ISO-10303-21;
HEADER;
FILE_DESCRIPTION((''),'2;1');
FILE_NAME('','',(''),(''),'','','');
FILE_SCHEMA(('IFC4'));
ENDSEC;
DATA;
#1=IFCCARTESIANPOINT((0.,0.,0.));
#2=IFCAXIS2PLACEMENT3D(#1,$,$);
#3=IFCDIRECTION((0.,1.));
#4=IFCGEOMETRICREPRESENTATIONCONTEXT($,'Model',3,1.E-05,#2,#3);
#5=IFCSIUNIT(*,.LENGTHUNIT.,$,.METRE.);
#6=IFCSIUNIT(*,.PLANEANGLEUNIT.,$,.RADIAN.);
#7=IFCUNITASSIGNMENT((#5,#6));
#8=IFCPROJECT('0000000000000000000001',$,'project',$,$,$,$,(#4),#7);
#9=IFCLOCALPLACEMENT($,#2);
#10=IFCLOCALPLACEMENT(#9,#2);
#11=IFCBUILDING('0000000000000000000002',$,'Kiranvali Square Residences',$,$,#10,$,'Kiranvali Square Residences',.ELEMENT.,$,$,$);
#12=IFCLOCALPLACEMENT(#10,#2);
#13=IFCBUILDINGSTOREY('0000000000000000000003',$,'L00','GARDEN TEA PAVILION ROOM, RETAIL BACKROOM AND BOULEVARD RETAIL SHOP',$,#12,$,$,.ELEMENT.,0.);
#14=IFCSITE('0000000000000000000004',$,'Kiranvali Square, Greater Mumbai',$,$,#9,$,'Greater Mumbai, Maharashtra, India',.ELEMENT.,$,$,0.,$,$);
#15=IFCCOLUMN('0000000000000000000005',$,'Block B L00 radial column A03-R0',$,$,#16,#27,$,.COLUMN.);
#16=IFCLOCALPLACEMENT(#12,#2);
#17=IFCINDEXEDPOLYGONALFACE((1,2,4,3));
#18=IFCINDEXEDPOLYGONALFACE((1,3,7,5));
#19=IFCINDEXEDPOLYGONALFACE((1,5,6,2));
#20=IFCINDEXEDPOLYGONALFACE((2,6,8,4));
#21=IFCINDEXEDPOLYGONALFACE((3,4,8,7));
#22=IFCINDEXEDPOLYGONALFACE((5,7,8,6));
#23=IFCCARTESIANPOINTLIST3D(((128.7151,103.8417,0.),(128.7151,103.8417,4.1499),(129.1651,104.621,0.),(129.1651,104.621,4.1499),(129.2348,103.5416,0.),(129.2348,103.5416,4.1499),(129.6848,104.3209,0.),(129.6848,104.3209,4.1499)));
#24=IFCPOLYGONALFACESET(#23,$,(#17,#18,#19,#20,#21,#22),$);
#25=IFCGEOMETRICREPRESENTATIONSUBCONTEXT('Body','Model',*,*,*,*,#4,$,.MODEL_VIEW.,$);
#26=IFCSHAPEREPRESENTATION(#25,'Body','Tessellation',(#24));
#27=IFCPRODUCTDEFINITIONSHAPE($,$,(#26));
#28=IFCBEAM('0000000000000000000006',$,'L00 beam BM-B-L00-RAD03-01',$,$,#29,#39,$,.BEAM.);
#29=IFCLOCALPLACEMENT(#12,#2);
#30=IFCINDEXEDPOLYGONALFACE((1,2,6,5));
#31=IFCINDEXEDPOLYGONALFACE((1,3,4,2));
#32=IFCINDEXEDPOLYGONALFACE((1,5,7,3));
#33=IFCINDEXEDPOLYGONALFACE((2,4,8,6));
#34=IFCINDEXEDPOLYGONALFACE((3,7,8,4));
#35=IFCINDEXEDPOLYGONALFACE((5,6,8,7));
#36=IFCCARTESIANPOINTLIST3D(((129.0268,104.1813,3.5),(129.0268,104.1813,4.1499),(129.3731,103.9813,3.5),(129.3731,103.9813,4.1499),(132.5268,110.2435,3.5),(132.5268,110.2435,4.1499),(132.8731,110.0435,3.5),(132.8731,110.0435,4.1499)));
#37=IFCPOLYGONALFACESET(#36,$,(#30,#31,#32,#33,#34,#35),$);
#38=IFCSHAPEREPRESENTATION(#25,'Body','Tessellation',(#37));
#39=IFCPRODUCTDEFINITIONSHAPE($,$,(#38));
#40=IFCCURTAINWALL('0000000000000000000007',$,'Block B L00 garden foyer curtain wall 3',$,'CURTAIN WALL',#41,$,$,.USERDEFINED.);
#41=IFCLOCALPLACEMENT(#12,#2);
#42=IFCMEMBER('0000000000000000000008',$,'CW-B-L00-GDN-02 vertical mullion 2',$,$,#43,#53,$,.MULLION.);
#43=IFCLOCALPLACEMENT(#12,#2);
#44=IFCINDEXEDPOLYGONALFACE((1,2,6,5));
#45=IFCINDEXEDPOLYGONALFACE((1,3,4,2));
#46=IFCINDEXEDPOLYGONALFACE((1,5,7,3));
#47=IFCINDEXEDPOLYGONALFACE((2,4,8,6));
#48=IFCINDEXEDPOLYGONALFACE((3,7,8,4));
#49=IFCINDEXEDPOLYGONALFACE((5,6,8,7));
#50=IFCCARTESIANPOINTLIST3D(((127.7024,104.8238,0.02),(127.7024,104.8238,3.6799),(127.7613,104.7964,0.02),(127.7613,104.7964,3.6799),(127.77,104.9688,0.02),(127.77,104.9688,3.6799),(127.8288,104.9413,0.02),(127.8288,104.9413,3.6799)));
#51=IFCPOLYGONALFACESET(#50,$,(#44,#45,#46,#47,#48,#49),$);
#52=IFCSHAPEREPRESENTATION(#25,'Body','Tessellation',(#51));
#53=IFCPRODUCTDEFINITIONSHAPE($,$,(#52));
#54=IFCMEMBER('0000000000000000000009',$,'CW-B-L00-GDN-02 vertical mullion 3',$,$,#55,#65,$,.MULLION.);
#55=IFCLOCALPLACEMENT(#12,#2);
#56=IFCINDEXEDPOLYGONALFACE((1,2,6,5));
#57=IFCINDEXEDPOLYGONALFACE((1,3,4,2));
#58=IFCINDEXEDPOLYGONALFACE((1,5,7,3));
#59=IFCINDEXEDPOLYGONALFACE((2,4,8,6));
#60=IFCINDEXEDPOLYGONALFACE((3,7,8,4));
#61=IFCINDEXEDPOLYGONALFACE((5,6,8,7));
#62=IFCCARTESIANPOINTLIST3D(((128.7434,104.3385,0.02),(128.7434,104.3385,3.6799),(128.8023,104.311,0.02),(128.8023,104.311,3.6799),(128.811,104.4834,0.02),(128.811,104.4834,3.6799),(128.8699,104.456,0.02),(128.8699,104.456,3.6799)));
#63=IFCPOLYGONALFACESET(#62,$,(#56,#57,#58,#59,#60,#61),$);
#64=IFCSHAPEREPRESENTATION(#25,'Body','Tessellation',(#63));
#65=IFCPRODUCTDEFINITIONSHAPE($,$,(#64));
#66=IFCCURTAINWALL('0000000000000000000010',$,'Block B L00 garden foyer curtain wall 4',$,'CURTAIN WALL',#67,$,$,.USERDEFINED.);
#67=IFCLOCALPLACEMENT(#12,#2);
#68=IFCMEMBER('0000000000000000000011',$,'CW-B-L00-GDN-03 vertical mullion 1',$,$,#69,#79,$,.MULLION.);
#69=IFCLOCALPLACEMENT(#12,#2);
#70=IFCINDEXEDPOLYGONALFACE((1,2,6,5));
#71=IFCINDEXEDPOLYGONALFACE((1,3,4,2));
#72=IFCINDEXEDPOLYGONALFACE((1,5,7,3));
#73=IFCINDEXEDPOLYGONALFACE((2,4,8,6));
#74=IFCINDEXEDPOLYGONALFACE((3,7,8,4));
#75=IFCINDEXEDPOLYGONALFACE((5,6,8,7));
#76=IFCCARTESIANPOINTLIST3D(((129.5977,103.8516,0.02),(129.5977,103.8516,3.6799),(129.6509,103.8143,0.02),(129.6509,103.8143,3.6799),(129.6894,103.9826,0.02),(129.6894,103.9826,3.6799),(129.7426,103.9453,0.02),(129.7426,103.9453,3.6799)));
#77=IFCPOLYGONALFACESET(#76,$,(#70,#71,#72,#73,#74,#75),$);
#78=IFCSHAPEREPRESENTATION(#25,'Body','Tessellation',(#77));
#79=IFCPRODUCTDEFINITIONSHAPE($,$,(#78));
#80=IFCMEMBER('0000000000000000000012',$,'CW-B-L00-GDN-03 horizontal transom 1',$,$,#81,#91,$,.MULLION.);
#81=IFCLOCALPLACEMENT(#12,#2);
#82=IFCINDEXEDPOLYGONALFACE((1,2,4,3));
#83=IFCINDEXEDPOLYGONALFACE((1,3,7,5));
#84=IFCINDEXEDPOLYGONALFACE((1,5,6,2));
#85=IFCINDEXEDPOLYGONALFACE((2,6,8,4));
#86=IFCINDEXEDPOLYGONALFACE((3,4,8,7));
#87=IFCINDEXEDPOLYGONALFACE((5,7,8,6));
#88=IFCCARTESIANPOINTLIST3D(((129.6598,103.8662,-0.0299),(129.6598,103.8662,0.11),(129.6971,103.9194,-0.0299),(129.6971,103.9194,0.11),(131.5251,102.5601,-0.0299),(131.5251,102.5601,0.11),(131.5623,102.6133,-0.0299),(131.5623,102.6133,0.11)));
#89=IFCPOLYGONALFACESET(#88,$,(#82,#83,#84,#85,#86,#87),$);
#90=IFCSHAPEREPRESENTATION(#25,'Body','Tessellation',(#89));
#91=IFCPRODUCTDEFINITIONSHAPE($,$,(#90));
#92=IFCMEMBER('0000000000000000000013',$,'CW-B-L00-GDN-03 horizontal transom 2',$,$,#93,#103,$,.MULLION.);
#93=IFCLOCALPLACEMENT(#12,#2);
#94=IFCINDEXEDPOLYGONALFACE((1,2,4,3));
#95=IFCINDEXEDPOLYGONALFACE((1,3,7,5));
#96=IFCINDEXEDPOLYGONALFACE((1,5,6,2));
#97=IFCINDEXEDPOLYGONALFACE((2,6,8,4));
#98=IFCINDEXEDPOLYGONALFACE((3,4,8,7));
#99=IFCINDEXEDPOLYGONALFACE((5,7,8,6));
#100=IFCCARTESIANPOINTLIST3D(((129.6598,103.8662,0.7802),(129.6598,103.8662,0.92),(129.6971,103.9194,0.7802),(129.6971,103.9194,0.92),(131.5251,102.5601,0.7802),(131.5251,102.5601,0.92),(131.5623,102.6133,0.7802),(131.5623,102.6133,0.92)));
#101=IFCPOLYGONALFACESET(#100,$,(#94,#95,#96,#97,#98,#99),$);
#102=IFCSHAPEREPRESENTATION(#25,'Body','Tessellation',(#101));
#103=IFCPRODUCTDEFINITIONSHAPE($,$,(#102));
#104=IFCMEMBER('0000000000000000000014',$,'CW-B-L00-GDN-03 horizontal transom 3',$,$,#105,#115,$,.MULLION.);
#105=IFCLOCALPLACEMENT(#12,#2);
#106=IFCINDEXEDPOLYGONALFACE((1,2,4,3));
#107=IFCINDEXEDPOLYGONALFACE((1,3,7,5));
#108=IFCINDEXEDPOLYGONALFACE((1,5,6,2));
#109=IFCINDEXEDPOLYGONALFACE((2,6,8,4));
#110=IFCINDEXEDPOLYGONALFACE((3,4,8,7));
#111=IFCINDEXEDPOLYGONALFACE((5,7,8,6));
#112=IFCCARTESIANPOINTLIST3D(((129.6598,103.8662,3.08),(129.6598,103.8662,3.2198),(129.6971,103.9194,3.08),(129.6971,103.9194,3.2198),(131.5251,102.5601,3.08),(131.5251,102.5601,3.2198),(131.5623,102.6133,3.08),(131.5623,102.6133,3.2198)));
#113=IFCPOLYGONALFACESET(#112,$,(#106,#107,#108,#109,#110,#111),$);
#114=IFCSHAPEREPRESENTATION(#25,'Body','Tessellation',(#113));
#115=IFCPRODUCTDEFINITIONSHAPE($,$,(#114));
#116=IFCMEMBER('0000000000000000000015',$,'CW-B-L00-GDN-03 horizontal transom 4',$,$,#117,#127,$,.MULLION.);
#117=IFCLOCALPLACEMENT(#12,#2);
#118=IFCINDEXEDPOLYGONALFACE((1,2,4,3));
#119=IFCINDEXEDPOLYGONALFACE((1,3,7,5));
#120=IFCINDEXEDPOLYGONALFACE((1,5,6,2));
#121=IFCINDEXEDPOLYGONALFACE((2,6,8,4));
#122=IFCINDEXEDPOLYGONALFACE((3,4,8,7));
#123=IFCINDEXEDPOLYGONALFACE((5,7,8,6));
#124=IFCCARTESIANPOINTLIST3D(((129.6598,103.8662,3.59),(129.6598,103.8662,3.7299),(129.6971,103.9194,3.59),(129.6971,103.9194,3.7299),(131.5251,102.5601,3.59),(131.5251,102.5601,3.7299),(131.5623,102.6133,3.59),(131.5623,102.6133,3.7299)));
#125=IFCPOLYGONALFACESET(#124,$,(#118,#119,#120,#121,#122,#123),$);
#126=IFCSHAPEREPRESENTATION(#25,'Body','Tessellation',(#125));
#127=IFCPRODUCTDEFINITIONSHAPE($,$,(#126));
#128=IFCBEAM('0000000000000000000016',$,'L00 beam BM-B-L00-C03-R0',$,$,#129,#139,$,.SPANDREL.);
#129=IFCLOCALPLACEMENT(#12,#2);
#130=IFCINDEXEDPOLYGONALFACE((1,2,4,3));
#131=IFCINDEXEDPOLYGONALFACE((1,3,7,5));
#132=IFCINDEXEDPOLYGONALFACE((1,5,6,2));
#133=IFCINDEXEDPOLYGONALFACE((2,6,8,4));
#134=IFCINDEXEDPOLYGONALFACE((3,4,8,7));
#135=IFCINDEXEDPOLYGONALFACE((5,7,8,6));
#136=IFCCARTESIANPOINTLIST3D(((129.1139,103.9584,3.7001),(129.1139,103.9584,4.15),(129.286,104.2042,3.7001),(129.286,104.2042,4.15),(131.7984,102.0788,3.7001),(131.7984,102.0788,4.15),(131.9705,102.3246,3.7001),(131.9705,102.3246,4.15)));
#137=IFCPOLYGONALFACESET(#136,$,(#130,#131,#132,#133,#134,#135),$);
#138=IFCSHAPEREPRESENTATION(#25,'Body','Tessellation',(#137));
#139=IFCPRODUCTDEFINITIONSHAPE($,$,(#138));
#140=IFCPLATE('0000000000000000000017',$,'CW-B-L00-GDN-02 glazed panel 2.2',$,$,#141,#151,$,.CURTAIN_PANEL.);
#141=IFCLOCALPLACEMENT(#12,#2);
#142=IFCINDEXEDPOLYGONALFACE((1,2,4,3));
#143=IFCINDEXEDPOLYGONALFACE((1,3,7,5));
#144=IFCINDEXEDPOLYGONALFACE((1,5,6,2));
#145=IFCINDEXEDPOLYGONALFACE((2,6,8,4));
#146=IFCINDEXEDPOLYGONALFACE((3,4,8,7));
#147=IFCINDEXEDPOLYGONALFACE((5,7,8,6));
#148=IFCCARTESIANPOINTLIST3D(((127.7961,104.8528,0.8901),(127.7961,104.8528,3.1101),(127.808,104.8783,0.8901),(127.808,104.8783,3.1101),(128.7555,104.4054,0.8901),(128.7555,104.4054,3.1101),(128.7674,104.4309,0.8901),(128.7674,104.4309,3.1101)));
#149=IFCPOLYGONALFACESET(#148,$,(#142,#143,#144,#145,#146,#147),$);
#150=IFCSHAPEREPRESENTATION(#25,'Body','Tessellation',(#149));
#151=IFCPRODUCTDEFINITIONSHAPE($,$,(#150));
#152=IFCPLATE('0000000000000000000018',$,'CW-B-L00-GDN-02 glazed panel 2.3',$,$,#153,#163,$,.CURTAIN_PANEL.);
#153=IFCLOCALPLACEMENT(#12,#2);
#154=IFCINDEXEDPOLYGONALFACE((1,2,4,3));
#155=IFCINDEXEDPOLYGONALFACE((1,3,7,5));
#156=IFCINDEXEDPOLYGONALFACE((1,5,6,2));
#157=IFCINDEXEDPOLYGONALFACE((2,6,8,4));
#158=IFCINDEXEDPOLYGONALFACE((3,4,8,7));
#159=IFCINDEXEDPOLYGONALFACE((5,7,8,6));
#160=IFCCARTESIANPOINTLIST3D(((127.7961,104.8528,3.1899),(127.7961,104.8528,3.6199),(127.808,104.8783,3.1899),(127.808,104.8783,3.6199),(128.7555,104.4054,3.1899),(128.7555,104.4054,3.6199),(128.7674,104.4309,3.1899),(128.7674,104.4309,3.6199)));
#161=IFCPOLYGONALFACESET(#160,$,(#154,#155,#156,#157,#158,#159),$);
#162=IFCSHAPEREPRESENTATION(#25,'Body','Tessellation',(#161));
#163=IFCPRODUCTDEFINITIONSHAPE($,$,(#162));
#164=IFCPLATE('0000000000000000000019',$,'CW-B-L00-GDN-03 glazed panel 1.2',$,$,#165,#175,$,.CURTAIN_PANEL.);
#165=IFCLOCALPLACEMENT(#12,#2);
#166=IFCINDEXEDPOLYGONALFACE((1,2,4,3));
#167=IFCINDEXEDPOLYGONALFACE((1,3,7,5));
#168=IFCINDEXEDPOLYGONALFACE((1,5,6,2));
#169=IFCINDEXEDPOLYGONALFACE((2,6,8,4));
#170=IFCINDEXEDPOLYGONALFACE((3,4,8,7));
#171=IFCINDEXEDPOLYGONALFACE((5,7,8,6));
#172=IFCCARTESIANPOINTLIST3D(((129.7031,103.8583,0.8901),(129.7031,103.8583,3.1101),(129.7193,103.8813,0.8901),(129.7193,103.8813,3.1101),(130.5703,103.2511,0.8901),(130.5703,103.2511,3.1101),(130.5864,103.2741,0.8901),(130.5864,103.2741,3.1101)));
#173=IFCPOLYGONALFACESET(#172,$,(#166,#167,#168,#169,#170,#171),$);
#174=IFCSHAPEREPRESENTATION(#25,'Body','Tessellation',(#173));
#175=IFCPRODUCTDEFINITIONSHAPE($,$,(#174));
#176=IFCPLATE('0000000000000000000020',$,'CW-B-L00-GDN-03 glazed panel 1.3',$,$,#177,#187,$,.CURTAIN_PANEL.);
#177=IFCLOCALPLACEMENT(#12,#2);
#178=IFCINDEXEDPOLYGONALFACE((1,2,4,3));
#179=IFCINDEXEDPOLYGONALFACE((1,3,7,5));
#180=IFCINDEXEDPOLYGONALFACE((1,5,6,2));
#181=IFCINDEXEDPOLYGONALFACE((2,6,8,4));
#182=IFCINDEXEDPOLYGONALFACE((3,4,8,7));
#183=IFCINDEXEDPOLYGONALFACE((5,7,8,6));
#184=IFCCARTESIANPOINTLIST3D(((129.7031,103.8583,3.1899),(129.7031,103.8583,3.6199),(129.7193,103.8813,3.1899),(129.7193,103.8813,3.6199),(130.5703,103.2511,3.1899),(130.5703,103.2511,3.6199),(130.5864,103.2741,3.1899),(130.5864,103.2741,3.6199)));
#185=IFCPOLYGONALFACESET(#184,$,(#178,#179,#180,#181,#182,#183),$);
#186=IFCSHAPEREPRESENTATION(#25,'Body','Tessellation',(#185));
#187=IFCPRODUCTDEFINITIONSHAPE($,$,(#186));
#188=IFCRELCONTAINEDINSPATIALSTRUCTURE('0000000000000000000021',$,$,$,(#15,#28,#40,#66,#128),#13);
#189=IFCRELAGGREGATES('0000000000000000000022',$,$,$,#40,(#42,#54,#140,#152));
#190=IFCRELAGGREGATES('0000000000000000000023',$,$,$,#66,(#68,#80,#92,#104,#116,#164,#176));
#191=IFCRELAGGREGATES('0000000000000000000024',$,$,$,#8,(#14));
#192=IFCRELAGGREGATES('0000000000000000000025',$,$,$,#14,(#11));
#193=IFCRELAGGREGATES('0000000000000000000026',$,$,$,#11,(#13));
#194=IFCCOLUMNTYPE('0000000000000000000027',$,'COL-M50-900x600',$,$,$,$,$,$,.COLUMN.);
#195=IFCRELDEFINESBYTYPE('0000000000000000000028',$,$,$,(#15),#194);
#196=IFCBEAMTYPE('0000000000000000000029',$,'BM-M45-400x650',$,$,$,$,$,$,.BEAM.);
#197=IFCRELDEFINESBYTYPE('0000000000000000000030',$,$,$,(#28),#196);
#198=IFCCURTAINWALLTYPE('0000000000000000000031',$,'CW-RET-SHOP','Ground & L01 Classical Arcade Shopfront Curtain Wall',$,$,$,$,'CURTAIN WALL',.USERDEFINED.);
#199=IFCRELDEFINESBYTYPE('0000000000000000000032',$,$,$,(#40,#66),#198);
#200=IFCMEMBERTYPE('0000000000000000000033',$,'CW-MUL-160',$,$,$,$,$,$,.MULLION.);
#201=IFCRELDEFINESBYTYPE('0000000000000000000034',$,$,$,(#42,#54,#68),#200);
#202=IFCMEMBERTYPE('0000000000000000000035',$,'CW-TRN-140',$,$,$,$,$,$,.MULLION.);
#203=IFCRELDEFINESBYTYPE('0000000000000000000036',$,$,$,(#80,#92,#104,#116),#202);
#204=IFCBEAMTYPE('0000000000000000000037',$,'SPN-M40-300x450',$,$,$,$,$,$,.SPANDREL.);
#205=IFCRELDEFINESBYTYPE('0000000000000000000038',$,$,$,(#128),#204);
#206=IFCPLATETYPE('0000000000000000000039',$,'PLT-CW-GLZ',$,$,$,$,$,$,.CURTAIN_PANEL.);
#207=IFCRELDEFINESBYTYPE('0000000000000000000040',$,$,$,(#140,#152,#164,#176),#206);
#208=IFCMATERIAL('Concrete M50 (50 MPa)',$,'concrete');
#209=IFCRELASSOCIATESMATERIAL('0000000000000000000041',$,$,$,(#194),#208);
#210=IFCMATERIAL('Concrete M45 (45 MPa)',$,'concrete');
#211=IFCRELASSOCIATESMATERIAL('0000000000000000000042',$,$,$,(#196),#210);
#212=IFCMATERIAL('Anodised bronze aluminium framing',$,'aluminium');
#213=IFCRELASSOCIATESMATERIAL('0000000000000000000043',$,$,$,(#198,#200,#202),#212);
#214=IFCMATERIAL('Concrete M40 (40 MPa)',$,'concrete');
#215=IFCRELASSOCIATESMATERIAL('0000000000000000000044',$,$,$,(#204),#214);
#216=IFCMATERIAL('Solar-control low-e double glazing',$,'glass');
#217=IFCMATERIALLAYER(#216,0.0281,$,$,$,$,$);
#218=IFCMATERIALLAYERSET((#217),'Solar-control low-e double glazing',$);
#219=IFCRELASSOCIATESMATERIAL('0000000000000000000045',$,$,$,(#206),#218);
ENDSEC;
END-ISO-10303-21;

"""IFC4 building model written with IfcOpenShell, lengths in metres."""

from ifc_helpers import new_model, si_unit, direction, frame, origin, origin_2d, place, context, subcontext, project, spatial, rectangle, extrude, material, layer, layer_set, material_profile, profile_set, type_object, element, aggregate, save


model = new_model("IFC4")

# Units and contexts
model_context = context("Model", 3, precision=1e-05, world=origin(), true_north=direction((0.0, 1.0)))
body_context = subcontext(model_context, "Body", "Model", "MODEL_VIEW")
ifc_project = project(units=[si_unit("LENGTHUNIT", "METRE"), si_unit("PLANEANGLEUNIT", "RADIAN")], contexts=[model_context])

# Site, building, storey
site_placement = place(None, origin())
site = spatial("IfcSite", under=ifc_project, at=site_placement, Name="Kiranvali Square, Greater Mumbai", LongName="Greater Mumbai, Maharashtra, India", CompositionType="ELEMENT", RefElevation=0.0)
building_placement = place(site_placement, origin())
building = spatial("IfcBuilding", under=site, at=building_placement, Name="Kiranvali Square Residences", LongName="Kiranvali Square Residences", CompositionType="ELEMENT")
storey_placement = place(building_placement, origin())
storey = spatial("IfcBuildingStorey", under=building, at=storey_placement, Name="L00", Description="GARDEN TEA PAVILION ROOM, RETAIL BACKROOM AND BOULEVARD RETAIL SHOP", CompositionType="ELEMENT", Elevation=0.0)

# Column
ifc_material_1 = material(Name="Concrete M50 (50 MPa)", Category="concrete")
ifc_material_profile_1 = material_profile(ifc_material_1, rectangle(XDim=0.6001, YDim=0.8999, at=origin_2d()), Name="RC 900x600")
ifc_profile_set_1 = profile_set([ifc_material_profile_1], Name="Concrete M50 (50 MPa)")
column_type = type_object("IfcColumnType", Name="COL-M50-900x600", PredefinedType="COLUMN", material=ifc_profile_set_1)
column_placement = place(storey_placement, frame((129.2, 104.0813, 0.0), z_axis=(0.0, 0.0, 1.0), x_axis=(-0.866025, 0.5, 0.0)))
element("IfcColumn", 1, at=column_placement, inside=storey, type_object=column_type, Name="Block B L00 radial column A03-R0", PredefinedType="COLUMN", context=body_context, shape_type="SweptSolid", body=[
    extrude(rectangle(XDim=0.6001, YDim=0.8999, at=origin_2d()), origin(), (0.0, 0.0, 1.0), 4.1499),
])

# Beam
ifc_material_2 = material(Name="Concrete M45 (45 MPa)", Category="concrete")
ifc_material_profile_2 = material_profile(ifc_material_2, rectangle(XDim=0.3999, YDim=0.6499, at=origin_2d()), Name="RC 400x650")
ifc_profile_set_2 = profile_set([ifc_material_profile_2], Name="Concrete M45 (45 MPa)")
beam_type_1 = type_object("IfcBeamType", Name="BM-M45-400x650", PredefinedType="BEAM", material=ifc_profile_set_2)
beam_1_placement = place(storey_placement, frame((129.2, 104.0813, 3.825), z_axis=(0.499995, 0.866028, 0.0), x_axis=(-0.866028, 0.499995, 0.0)))
element("IfcBeam", 2, at=beam_1_placement, inside=storey, type_object=beam_type_1, Name="L00 beam BM-B-L00-RAD03-01", PredefinedType="BEAM", context=body_context, shape_type="SweptSolid", body=[
    extrude(rectangle(XDim=0.3999, YDim=0.6499, at=origin_2d()), origin(), (0.0, 0.0, 1.0), 7.0),
])

# Curtain walls, members
ifc_material_3 = material(Name="Anodised bronze aluminium framing", Category="aluminium")
curtain_wall_type = type_object("IfcCurtainWallType", Name="CW-RET-SHOP", Description="Ground & L01 Classical Arcade Shopfront Curtain Wall", ElementType="CURTAIN WALL", PredefinedType="USERDEFINED", material=ifc_material_3)
curtain_wall_1_placement = place(storey_placement, origin())
curtain_wall_1 = element("IfcCurtainWall", 3, at=curtain_wall_1_placement, inside=storey, type_object=curtain_wall_type, Name="Block B L00 garden foyer curtain wall 3", ObjectType="CURTAIN WALL", PredefinedType="USERDEFINED")
ifc_material_profile_3 = material_profile(ifc_material_3, rectangle(XDim=0.0649, YDim=0.1599, at=origin_2d()), Name="ALU 65x160")
ifc_profile_set_3 = profile_set([ifc_material_profile_3], Name="Anodised bronze aluminium framing")
member_type_1 = type_object("IfcMemberType", Name="CW-MUL-160", PredefinedType="MULLION", material=ifc_profile_set_3)
member_1_placement = place(storey_placement, frame((127.7656, 104.8826, 0.02), z_axis=(0.0, 0.0, 1.0), x_axis=(0.906308, -0.422618, 0.0)))
member_1 = element("IfcMember", 4, at=member_1_placement, type_object=member_type_1, Name="CW-B-L00-GDN-02 vertical mullion 2", PredefinedType="MULLION", context=body_context, shape_type="SweptSolid", body=[
    extrude(rectangle(XDim=0.0649, YDim=0.1599, at=origin_2d()), origin(), (0.0, 0.0, 1.0), 3.6599),
])
member_2_placement = place(storey_placement, frame((128.8066, 104.3972, 0.02), z_axis=(0.0, 0.0, 1.0), x_axis=(0.906308, -0.422618, 0.0)))
member_2 = element("IfcMember", 5, at=member_2_placement, type_object=member_type_1, Name="CW-B-L00-GDN-02 vertical mullion 3", PredefinedType="MULLION", context=body_context, shape_type="SweptSolid", body=[
    extrude(rectangle(XDim=0.0649, YDim=0.1599, at=origin_2d()), origin(), (0.0, 0.0, 1.0), 3.6599),
])
curtain_wall_2_placement = place(storey_placement, origin())
curtain_wall_2 = element("IfcCurtainWall", 6, at=curtain_wall_2_placement, inside=storey, type_object=curtain_wall_type, Name="Block B L00 garden foyer curtain wall 4", ObjectType="CURTAIN WALL", PredefinedType="USERDEFINED")
member_3_placement = place(storey_placement, frame((129.6702, 103.8984, 0.02), z_axis=(0.0, 0.0, 1.0), x_axis=(0.819152, -0.573576, 0.0)))
member_3 = element("IfcMember", 7, at=member_3_placement, type_object=member_type_1, Name="CW-B-L00-GDN-03 vertical mullion 1", PredefinedType="MULLION", context=body_context, shape_type="SweptSolid", body=[
    extrude(rectangle(XDim=0.0649, YDim=0.1599, at=origin_2d()), origin(), (0.0, 0.0, 1.0), 3.6599),
])
ifc_material_profile_4 = material_profile(ifc_material_3, rectangle(XDim=0.0649, YDim=0.1399, at=origin_2d()), Name="ALU 65x140")
ifc_profile_set_4 = profile_set([ifc_material_profile_4], Name="Anodised bronze aluminium framing")
member_type_2 = type_object("IfcMemberType", Name="CW-TRN-140", PredefinedType="MULLION", material=ifc_profile_set_4)
member_4_placement = place(storey_placement, frame((129.6785, 103.8928, 0.04), z_axis=(0.819131, -0.573606, 0.0), x_axis=(0.573606, 0.819131, 0.0)))
member_4 = element("IfcMember", 8, at=member_4_placement, type_object=member_type_2, Name="CW-B-L00-GDN-03 horizontal transom 1", PredefinedType="MULLION", context=body_context, shape_type="SweptSolid", body=[
    extrude(rectangle(XDim=0.0649, YDim=0.1399, at=origin_2d()), origin(), (0.0, 0.0, 1.0), 2.2771),
])
member_5_placement = place(storey_placement, frame((129.6785, 103.8928, 0.8501), z_axis=(0.819131, -0.573606, 0.0), x_axis=(0.573606, 0.819131, 0.0)))
member_5 = element("IfcMember", 9, at=member_5_placement, type_object=member_type_2, Name="CW-B-L00-GDN-03 horizontal transom 2", PredefinedType="MULLION", context=body_context, shape_type="SweptSolid", body=[
    extrude(rectangle(XDim=0.0649, YDim=0.1399, at=origin_2d()), origin(), (0.0, 0.0, 1.0), 2.2771),
])
member_6_placement = place(storey_placement, frame((129.6785, 103.8928, 3.1499), z_axis=(0.819131, -0.573606, 0.0), x_axis=(0.573606, 0.819131, 0.0)))
member_6 = element("IfcMember", 10, at=member_6_placement, type_object=member_type_2, Name="CW-B-L00-GDN-03 horizontal transom 3", PredefinedType="MULLION", context=body_context, shape_type="SweptSolid", body=[
    extrude(rectangle(XDim=0.0649, YDim=0.1399, at=origin_2d()), origin(), (0.0, 0.0, 1.0), 2.2771),
])
member_7_placement = place(storey_placement, frame((129.6785, 103.8928, 3.6599), z_axis=(0.819131, -0.573606, 0.0), x_axis=(0.573606, 0.819131, 0.0)))
member_7 = element("IfcMember", 11, at=member_7_placement, type_object=member_type_2, Name="CW-B-L00-GDN-03 horizontal transom 4", PredefinedType="MULLION", context=body_context, shape_type="SweptSolid", body=[
    extrude(rectangle(XDim=0.0649, YDim=0.1399, at=origin_2d()), origin(), (0.0, 0.0, 1.0), 2.2771),
])

# Beam
ifc_material_4 = material(Name="Concrete M40 (40 MPa)", Category="concrete")
ifc_material_profile_5 = material_profile(ifc_material_4, rectangle(XDim=0.3, YDim=0.45, at=origin_2d()), Name="RC 300x450")
ifc_profile_set_5 = profile_set([ifc_material_profile_5], Name="Concrete M40 (40 MPa)")
beam_type_2 = type_object("IfcBeamType", Name="SPN-M40-300x450", PredefinedType="SPANDREL", material=ifc_profile_set_5)
beam_2_placement = place(storey_placement, frame((129.2, 104.0813, 3.925), z_axis=(0.819169, -0.573552, 0.0), x_axis=(0.573552, 0.819169, 0.0)))
element("IfcBeam", 12, at=beam_2_placement, inside=storey, type_object=beam_type_2, Name="L00 beam BM-B-L00-C03-R0", PredefinedType="SPANDREL", context=body_context, shape_type="SweptSolid", body=[
    extrude(rectangle(XDim=0.3, YDim=0.45, at=origin_2d()), origin(), (0.0, 0.0, 1.0), 3.2771),
])

# Plates
ifc_material_5 = material(Name="Solar-control low-e double glazing", Category="glass")
ifc_layer_1 = layer(ifc_material_5, 0.0281)
ifc_layer_set_1 = layer_set([ifc_layer_1], Name="Solar-control low-e double glazing")
plate_type_1 = type_object("IfcPlateType", Name="PLT-CW-GLZ", PredefinedType="CURTAIN_PANEL", material=ifc_layer_set_1)
plate_1_placement = place(storey_placement, frame((128.2817, 104.6418, 0.8901), z_axis=(0.0, 0.0, 1.0), x_axis=(0.906308, -0.422618, 0.0)))
plate_1 = element("IfcPlate", 13, at=plate_1_placement, type_object=plate_type_1, Name="CW-B-L00-GDN-02 glazed panel 2.2", PredefinedType="CURTAIN_PANEL", context=body_context, shape_type="SweptSolid", body=[
    extrude(rectangle(XDim=1.0586, YDim=0.0281, at=origin_2d()), origin(), (0.0, 0.0, 1.0), 2.22),
])
plate_2_placement = place(storey_placement, frame((128.2817, 104.6418, 3.1899), z_axis=(0.0, 0.0, 1.0), x_axis=(0.906308, -0.422618, 0.0)))
plate_2 = element("IfcPlate", 14, at=plate_2_placement, type_object=plate_type_1, Name="CW-B-L00-GDN-02 glazed panel 2.3", PredefinedType="CURTAIN_PANEL", context=body_context, shape_type="SweptSolid", body=[
    extrude(rectangle(XDim=1.0586, YDim=0.0281, at=origin_2d()), origin(), (0.0, 0.0, 1.0), 0.4299),
])
plate_3_placement = place(storey_placement, frame((130.1448, 103.5662, 0.8901), z_axis=(0.0, 0.0, 1.0), x_axis=(0.819152, -0.573576, 0.0)))
plate_3 = element("IfcPlate", 15, at=plate_3_placement, type_object=plate_type_1, Name="CW-B-L00-GDN-03 glazed panel 1.2", PredefinedType="CURTAIN_PANEL", context=body_context, shape_type="SweptSolid", body=[
    extrude(rectangle(XDim=1.0586, YDim=0.0281, at=origin_2d()), origin(), (0.0, 0.0, 1.0), 2.22),
])
plate_4_placement = place(storey_placement, frame((130.1448, 103.5662, 3.1899), z_axis=(0.0, 0.0, 1.0), x_axis=(0.819152, -0.573576, 0.0)))
plate_4 = element("IfcPlate", 16, at=plate_4_placement, type_object=plate_type_1, Name="CW-B-L00-GDN-03 glazed panel 1.3", PredefinedType="CURTAIN_PANEL", context=body_context, shape_type="SweptSolid", body=[
    extrude(rectangle(XDim=1.0586, YDim=0.0281, at=origin_2d()), origin(), (0.0, 0.0, 1.0), 0.4299),
])
aggregate(curtain_wall_1, [member_1, member_2, plate_1, plate_2])
aggregate(curtain_wall_2, [member_3, member_4, member_5, member_6, member_7, plate_3, plate_4])

save(model, "model.ifc")
